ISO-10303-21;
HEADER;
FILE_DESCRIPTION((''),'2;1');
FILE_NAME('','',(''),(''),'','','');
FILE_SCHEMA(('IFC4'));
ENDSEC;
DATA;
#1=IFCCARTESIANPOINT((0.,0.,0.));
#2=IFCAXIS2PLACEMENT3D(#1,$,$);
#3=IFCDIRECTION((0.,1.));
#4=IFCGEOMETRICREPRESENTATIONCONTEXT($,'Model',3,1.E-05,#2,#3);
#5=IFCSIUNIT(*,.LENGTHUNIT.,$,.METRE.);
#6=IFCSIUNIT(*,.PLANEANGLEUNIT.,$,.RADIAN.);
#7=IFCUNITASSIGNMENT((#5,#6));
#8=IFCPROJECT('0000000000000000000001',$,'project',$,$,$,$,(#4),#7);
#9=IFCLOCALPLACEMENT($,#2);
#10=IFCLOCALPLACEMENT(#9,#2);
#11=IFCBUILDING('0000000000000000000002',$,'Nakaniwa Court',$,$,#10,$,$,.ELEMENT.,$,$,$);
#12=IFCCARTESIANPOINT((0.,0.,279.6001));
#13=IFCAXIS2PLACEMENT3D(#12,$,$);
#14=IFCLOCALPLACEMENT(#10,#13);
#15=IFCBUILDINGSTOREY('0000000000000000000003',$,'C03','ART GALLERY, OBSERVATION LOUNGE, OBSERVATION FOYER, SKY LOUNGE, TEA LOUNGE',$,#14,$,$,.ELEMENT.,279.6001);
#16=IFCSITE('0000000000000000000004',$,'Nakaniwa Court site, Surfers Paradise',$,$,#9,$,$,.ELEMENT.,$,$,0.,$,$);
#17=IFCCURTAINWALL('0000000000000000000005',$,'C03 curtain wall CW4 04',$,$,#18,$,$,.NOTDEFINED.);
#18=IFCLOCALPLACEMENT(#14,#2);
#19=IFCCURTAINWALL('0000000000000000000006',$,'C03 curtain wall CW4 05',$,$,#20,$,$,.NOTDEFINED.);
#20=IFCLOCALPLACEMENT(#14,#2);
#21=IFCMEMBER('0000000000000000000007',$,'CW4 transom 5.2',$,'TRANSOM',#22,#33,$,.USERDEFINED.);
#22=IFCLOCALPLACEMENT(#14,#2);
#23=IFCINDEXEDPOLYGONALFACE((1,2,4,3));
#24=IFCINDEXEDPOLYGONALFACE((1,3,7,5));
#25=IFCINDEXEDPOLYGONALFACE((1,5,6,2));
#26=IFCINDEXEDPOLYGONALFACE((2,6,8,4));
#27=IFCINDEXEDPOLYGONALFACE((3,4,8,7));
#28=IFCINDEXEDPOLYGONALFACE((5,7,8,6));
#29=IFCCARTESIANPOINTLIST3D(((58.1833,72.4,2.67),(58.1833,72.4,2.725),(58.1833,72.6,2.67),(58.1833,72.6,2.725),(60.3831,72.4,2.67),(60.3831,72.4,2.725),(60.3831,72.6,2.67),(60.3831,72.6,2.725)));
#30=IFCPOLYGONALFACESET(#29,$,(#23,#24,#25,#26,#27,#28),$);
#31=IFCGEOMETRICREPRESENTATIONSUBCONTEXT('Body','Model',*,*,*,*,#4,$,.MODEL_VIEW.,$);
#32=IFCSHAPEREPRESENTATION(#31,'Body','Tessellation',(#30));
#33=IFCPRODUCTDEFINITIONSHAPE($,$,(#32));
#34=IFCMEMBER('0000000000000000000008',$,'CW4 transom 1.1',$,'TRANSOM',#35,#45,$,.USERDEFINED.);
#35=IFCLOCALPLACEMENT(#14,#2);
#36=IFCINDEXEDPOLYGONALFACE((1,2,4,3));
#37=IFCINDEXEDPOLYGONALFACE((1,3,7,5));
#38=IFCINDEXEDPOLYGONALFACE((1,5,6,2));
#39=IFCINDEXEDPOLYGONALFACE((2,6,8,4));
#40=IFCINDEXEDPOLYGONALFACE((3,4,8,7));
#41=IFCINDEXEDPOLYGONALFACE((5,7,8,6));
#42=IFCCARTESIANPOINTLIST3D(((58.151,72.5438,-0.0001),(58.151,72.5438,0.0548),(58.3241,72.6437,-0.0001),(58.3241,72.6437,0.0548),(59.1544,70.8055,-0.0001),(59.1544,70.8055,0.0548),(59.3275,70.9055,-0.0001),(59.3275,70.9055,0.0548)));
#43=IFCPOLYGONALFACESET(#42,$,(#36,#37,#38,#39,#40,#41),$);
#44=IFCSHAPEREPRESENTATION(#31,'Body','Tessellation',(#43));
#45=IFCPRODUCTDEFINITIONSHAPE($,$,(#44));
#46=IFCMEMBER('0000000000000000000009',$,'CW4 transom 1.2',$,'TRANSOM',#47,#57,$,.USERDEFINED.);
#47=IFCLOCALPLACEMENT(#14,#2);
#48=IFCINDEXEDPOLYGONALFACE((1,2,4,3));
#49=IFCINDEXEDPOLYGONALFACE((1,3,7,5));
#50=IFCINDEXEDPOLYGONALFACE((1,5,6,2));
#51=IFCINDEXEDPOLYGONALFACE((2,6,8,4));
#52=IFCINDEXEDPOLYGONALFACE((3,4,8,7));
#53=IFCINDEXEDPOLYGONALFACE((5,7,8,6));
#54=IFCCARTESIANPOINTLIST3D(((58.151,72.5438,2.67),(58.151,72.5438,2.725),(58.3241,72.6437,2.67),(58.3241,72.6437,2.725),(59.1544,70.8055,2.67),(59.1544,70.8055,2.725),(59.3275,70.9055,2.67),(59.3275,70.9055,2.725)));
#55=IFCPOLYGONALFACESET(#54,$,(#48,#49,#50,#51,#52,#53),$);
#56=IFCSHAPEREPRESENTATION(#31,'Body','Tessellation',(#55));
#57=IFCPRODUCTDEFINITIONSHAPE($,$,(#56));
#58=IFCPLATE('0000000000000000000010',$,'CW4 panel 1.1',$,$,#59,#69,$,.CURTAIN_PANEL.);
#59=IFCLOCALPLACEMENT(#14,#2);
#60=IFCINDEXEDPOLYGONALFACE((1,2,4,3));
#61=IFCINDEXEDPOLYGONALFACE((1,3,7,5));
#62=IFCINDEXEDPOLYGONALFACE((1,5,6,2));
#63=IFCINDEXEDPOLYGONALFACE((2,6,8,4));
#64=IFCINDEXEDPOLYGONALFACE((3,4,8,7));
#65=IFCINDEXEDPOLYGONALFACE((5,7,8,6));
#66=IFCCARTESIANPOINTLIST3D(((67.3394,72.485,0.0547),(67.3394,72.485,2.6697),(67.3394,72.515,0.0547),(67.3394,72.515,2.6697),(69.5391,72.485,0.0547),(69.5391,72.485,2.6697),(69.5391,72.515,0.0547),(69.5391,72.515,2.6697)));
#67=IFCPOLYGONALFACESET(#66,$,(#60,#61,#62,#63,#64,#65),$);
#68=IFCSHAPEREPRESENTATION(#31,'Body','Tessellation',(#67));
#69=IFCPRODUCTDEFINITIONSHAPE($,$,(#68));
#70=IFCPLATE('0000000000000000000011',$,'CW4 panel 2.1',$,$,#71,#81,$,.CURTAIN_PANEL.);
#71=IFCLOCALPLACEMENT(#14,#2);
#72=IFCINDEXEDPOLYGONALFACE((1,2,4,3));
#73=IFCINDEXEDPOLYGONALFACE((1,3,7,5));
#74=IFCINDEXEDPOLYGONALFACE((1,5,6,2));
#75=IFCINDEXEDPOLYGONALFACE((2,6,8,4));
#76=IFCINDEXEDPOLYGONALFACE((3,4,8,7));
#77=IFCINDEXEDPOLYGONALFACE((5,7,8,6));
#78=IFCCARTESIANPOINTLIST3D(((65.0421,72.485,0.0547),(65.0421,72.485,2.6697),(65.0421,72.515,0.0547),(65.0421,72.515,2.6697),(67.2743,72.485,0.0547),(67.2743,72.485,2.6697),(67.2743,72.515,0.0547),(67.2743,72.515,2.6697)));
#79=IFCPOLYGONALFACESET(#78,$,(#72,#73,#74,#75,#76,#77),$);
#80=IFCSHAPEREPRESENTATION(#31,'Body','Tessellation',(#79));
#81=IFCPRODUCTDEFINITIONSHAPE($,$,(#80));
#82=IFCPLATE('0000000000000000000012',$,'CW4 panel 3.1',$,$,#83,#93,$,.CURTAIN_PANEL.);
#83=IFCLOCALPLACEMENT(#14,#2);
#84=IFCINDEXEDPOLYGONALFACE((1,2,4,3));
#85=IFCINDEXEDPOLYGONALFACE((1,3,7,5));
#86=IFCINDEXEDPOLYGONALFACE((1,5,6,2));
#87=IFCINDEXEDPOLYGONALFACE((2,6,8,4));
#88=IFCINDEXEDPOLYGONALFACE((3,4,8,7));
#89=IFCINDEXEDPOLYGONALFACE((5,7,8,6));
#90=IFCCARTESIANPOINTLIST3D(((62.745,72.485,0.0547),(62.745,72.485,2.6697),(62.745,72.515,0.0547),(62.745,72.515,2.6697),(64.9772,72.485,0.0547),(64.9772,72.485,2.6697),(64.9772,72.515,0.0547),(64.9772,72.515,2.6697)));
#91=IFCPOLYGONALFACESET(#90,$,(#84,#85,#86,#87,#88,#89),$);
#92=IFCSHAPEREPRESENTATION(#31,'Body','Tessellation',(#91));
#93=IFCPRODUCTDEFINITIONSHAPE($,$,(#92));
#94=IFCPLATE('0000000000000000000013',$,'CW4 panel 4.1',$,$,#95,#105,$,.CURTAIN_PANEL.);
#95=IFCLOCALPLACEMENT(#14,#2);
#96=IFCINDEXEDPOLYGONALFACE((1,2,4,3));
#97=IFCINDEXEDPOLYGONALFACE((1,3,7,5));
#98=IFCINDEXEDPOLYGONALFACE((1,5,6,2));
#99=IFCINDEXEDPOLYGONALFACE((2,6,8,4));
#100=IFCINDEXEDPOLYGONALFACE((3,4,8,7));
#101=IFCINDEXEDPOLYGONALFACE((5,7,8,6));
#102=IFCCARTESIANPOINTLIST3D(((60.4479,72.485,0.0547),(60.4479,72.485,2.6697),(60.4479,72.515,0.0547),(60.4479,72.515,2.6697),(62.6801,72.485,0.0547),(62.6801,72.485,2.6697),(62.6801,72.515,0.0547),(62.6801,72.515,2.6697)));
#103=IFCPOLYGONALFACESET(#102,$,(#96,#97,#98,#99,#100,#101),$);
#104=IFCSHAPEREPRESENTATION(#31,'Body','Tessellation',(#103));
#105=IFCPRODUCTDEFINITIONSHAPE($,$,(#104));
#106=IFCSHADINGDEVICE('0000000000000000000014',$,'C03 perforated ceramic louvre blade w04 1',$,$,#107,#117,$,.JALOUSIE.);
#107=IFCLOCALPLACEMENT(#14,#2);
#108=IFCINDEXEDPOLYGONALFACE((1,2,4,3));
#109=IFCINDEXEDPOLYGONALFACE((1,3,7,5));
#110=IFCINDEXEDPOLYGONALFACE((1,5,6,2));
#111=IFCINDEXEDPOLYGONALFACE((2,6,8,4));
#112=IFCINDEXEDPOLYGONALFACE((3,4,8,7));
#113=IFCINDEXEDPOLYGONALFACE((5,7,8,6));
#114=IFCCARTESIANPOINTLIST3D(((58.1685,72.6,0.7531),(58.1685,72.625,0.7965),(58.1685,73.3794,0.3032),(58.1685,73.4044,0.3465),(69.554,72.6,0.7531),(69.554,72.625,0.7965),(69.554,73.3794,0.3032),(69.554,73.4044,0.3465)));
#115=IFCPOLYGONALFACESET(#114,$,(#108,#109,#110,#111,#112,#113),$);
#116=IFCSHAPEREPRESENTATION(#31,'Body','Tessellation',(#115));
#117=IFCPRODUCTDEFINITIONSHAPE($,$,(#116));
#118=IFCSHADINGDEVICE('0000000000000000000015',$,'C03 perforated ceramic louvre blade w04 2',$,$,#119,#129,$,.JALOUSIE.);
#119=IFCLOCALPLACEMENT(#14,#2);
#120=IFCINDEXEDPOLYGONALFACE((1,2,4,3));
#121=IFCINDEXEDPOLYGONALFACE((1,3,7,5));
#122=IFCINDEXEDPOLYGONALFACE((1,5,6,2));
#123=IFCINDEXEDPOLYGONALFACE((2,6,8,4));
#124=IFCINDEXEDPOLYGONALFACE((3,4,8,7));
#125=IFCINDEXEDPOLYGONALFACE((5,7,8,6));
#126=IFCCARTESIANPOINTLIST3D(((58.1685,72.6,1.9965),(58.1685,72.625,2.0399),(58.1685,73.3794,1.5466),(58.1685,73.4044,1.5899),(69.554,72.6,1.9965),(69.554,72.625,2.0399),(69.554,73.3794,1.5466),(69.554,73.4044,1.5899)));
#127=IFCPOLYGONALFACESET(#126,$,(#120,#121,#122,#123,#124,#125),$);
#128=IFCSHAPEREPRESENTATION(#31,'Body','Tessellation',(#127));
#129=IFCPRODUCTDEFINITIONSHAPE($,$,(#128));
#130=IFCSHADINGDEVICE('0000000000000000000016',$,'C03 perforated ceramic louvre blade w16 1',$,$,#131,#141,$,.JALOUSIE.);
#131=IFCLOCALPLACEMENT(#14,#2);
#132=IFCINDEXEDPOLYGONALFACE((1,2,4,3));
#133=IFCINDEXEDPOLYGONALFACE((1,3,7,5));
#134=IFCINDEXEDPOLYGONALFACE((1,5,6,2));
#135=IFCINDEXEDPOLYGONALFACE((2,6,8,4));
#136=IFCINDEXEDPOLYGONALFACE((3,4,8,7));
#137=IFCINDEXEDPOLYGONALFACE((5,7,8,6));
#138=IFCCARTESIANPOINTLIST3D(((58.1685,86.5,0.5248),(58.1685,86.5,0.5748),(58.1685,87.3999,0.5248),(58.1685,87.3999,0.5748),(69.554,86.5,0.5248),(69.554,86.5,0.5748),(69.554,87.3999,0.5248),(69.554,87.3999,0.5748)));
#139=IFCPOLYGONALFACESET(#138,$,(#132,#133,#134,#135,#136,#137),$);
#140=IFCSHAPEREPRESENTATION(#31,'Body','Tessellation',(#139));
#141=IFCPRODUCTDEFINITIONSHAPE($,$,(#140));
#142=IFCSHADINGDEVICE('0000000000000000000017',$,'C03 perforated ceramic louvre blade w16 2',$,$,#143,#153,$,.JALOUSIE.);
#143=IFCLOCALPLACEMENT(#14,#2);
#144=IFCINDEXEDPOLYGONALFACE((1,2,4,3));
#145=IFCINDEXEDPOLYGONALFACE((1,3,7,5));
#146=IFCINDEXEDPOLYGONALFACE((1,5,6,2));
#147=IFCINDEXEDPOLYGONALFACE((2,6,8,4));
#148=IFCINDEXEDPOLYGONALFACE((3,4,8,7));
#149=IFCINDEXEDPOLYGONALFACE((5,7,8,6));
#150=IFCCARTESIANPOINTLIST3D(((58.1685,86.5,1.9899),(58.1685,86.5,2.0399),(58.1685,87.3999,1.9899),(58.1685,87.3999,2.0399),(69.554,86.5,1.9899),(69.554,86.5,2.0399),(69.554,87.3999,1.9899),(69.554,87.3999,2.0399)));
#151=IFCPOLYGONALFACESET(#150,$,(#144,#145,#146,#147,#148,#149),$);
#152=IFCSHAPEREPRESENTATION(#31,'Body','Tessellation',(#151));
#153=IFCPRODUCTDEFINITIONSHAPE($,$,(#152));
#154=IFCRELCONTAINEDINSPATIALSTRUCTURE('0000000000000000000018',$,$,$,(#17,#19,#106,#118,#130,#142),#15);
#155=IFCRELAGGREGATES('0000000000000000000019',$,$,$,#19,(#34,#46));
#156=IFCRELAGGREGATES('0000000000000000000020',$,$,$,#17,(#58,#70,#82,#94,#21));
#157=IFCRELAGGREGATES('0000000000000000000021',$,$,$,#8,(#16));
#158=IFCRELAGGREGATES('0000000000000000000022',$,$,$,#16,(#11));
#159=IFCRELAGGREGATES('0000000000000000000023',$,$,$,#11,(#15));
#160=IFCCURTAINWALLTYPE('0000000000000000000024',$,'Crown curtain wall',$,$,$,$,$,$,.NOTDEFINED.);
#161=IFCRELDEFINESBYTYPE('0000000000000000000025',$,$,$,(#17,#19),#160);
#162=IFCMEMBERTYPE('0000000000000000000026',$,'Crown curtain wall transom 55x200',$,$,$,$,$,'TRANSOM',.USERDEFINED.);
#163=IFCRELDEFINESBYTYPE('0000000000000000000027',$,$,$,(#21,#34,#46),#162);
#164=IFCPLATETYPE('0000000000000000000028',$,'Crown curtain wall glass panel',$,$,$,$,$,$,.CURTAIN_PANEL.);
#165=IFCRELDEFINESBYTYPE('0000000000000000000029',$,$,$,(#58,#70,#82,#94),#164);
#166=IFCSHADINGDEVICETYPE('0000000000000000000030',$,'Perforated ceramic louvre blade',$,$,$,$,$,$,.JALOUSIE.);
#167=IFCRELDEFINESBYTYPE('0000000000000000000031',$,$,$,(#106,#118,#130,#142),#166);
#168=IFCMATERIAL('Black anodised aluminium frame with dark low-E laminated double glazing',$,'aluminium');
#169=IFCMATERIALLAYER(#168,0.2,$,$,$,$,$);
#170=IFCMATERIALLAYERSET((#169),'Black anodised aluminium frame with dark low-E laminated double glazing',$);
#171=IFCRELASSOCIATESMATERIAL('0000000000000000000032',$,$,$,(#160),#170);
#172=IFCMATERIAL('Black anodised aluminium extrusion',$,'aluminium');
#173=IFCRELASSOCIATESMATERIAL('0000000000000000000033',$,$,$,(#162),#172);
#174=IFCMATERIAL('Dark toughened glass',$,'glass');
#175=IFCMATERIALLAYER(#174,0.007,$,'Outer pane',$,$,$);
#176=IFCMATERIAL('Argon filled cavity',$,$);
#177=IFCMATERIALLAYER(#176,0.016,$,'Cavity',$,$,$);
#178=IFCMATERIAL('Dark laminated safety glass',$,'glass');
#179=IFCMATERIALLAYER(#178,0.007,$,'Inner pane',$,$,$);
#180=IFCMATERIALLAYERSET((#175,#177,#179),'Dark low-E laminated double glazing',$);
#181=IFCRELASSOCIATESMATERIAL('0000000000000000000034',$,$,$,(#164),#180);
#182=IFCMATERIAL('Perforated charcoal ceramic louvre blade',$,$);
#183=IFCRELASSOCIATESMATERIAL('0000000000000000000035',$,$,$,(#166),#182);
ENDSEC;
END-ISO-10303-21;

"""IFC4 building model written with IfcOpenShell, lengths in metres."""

from ifc_helpers import new_model, si_unit, direction, frame, origin, origin_2d, place, context, subcontext, project, spatial, rectangle, extrude, material, layer, layer_set, material_profile, profile_set, type_object, element, aggregate, save


model = new_model("IFC4")

# Units and contexts
model_context = context("Model", 3, precision=1e-05, world=origin(), true_north=direction((0.0, 1.0)))
body_context = subcontext(model_context, "Body", "Model", "MODEL_VIEW")
ifc_project = project(units=[si_unit("LENGTHUNIT", "METRE"), si_unit("PLANEANGLEUNIT", "RADIAN")], contexts=[model_context])

# Site, building, storey
site_placement = place(None, origin())
site = spatial("IfcSite", under=ifc_project, at=site_placement, Name="Nakaniwa Court site, Surfers Paradise", CompositionType="ELEMENT", RefElevation=0.0)
building_placement = place(site_placement, origin())
building = spatial("IfcBuilding", under=site, at=building_placement, Name="Nakaniwa Court", CompositionType="ELEMENT")
storey_placement = place(building_placement, frame((0.0, 0.0, 279.6001)))
storey = spatial("IfcBuildingStorey", under=building, at=storey_placement, Name="C03", Description="ART GALLERY, OBSERVATION LOUNGE, OBSERVATION FOYER, SKY LOUNGE, TEA LOUNGE", CompositionType="ELEMENT", Elevation=279.6001)

# Curtain wall
ifc_material_1 = material(Name="Black anodised aluminium frame with dark low-E laminated double glazing", Category="aluminium")
ifc_layer_1 = layer(ifc_material_1, 0.2)
ifc_layer_set_1 = layer_set([ifc_layer_1], Name="Black anodised aluminium frame with dark low-E laminated double glazing")
curtain_wall_type = type_object("IfcCurtainWallType", Name="Crown curtain wall", PredefinedType="NOTDEFINED", material=ifc_layer_set_1)
curtain_wall_1_placement = place(storey_placement, origin())
curtain_wall_1 = element("IfcCurtainWall", 1, at=curtain_wall_1_placement, inside=storey, type_object=curtain_wall_type, Name="C03 curtain wall CW4 04", PredefinedType="NOTDEFINED")
ifc_material_2 = material(Name="Black anodised aluminium extrusion", Category="aluminium")

# Curtain wall
curtain_wall_2_placement = place(storey_placement, origin())
curtain_wall_2 = element("IfcCurtainWall", 2, at=curtain_wall_2_placement, inside=storey, type_object=curtain_wall_type, Name="C03 curtain wall CW4 05", PredefinedType="NOTDEFINED")

# Members
ifc_material_profile_1 = material_profile(ifc_material_2, rectangle(XDim=0.2, YDim=0.0549, at=origin_2d()), Name="Crown curtain wall transom 55x200")
ifc_profile_set_1 = profile_set([ifc_material_profile_1], Name="Black anodised aluminium extrusion")
member_type_1 = type_object("IfcMemberType", Name="Crown curtain wall transom 55x200", ElementType="TRANSOM", PredefinedType="USERDEFINED", material=ifc_profile_set_1)
member_1_placement = place(storey_placement, frame((60.3831, 72.5, 2.6975), z_axis=(-1.0, 0.0, 0.0), x_axis=(0.0, -1.0, 0.0)))
member_1 = element("IfcMember", 3, at=member_1_placement, type_object=member_type_1, Name="CW4 transom 5.2", ObjectType="TRANSOM", PredefinedType="USERDEFINED", context=body_context, shape_type="SweptSolid", body=[
    extrude(rectangle(XDim=0.2, YDim=0.0549, at=origin_2d()), origin(), (0.0, 0.0, 1.0), 2.1997),
])
member_2_placement = place(storey_placement, frame((58.2375, 72.5938, 0.0273), z_axis=(0.499933, -0.866064, 0.0), x_axis=(0.866064, 0.499933, 0.0)))
member_2 = element("IfcMember", 4, at=member_2_placement, type_object=member_type_1, Name="CW4 transom 1.1", ObjectType="TRANSOM", PredefinedType="USERDEFINED", context=body_context, shape_type="SweptSolid", body=[
    extrude(rectangle(XDim=0.2, YDim=0.0549, at=origin_2d()), origin(), (0.0, 0.0, 1.0), 2.0071),
])
member_3_placement = place(storey_placement, frame((58.2375, 72.5938, 2.6975), z_axis=(0.499933, -0.866064, 0.0), x_axis=(0.866064, 0.499933, 0.0)))
member_3 = element("IfcMember", 5, at=member_3_placement, type_object=member_type_1, Name="CW4 transom 1.2", ObjectType="TRANSOM", PredefinedType="USERDEFINED", context=body_context, shape_type="SweptSolid", body=[
    extrude(rectangle(XDim=0.2, YDim=0.0549, at=origin_2d()), origin(), (0.0, 0.0, 1.0), 2.0071),
])
aggregate(curtain_wall_2, [member_2, member_3])

# Plates
ifc_material_3 = material(Name="Dark toughened glass", Category="glass")
ifc_layer_2 = layer(ifc_material_3, 0.007, Name="Outer pane")
ifc_material_4 = material(Name="Argon filled cavity")
ifc_layer_3 = layer(ifc_material_4, 0.016, Name="Cavity")
ifc_material_5 = material(Name="Dark laminated safety glass", Category="glass")
ifc_layer_4 = layer(ifc_material_5, 0.007, Name="Inner pane")
ifc_layer_set_2 = layer_set([ifc_layer_2, ifc_layer_3, ifc_layer_4], Name="Dark low-E laminated double glazing")
plate_type = type_object("IfcPlateType", Name="Crown curtain wall glass panel", PredefinedType="CURTAIN_PANEL", material=ifc_layer_set_2)
plate_1_placement = place(storey_placement, frame((68.4392, 72.5, 0.0547), z_axis=(0.0, 0.0, 1.0), x_axis=(-1.0, 0.0, 0.0)))
plate_1 = element("IfcPlate", 6, at=plate_1_placement, type_object=plate_type, Name="CW4 panel 1.1", PredefinedType="CURTAIN_PANEL", context=body_context, shape_type="SweptSolid", body=[
    extrude(rectangle(XDim=2.1997, YDim=0.03, at=origin_2d()), origin(), (0.0, 0.0, 1.0), 2.615),
])
plate_2_placement = place(storey_placement, frame((66.1582, 72.5, 0.0547), z_axis=(0.0, 0.0, 1.0), x_axis=(-1.0, 0.0, 0.0)))
plate_2 = element("IfcPlate", 7, at=plate_2_placement, type_object=plate_type, Name="CW4 panel 2.1", PredefinedType="CURTAIN_PANEL", context=body_context, shape_type="SweptSolid", body=[
    extrude(rectangle(XDim=2.2322, YDim=0.03, at=origin_2d()), origin(), (0.0, 0.0, 1.0), 2.615),
])
plate_3_placement = place(storey_placement, frame((63.8611, 72.5, 0.0547), z_axis=(0.0, 0.0, 1.0), x_axis=(-1.0, 0.0, 0.0)))
plate_3 = element("IfcPlate", 8, at=plate_3_placement, type_object=plate_type, Name="CW4 panel 3.1", PredefinedType="CURTAIN_PANEL", context=body_context, shape_type="SweptSolid", body=[
    extrude(rectangle(XDim=2.2322, YDim=0.03, at=origin_2d()), origin(), (0.0, 0.0, 1.0), 2.615),
])
plate_4_placement = place(storey_placement, frame((61.564, 72.5, 0.0547), z_axis=(0.0, 0.0, 1.0), x_axis=(-1.0, 0.0, 0.0)))
plate_4 = element("IfcPlate", 9, at=plate_4_placement, type_object=plate_type, Name="CW4 panel 4.1", PredefinedType="CURTAIN_PANEL", context=body_context, shape_type="SweptSolid", body=[
    extrude(rectangle(XDim=2.2322, YDim=0.03, at=origin_2d()), origin(), (0.0, 0.0, 1.0), 2.615),
])
aggregate(curtain_wall_1, [plate_1, plate_2, plate_3, plate_4, member_1])

# Shading devices
ifc_material_6 = material(Name="Perforated charcoal ceramic louvre blade")
ifc_material_profile_2 = material_profile(ifc_material_6, rectangle(XDim=0.8999, YDim=0.05, at=origin_2d()), Name="Perforated ceramic louvre blade")
ifc_profile_set_2 = profile_set([ifc_material_profile_2], Name="Perforated charcoal ceramic louvre blade")
shading_device_type = type_object("IfcShadingDeviceType", Name="Perforated ceramic louvre blade", PredefinedType="JALOUSIE", material=ifc_profile_set_2)
for number, where, z_axis, x_axis, name in (
    (10, (69.554, 73.0022, 0.5498), (-1.0, 0.0, 0.0), (0.0, -0.866025, 0.5), "C03 perforated ceramic louvre blade w04 1"),
    (11, (69.554, 73.0022, 1.7932), (-1.0, 0.0, 0.0), (0.0, -0.866025, 0.5), "C03 perforated ceramic louvre blade w04 2"),
    (12, (58.1685, 86.95, 0.5498), (1.0, 0.0, 0.0), (0.0, 1.0, 0.0), "C03 perforated ceramic louvre blade w16 1"),
    (13, (58.1685, 86.95, 2.0149), (1.0, 0.0, 0.0), (0.0, 1.0, 0.0), "C03 perforated ceramic louvre blade w16 2"),
):
    element("IfcShadingDevice", number, at=place(storey_placement, frame(where, z_axis=z_axis, x_axis=x_axis)), inside=storey, type_object=shading_device_type, Name=name, PredefinedType="JALOUSIE", context=body_context, shape_type="SweptSolid", body=[
        extrude(rectangle(XDim=0.8999, YDim=0.05, at=origin_2d()), origin(), (0.0, 0.0, 1.0), 11.3855),
    ])

save(model, "model.ifc")
